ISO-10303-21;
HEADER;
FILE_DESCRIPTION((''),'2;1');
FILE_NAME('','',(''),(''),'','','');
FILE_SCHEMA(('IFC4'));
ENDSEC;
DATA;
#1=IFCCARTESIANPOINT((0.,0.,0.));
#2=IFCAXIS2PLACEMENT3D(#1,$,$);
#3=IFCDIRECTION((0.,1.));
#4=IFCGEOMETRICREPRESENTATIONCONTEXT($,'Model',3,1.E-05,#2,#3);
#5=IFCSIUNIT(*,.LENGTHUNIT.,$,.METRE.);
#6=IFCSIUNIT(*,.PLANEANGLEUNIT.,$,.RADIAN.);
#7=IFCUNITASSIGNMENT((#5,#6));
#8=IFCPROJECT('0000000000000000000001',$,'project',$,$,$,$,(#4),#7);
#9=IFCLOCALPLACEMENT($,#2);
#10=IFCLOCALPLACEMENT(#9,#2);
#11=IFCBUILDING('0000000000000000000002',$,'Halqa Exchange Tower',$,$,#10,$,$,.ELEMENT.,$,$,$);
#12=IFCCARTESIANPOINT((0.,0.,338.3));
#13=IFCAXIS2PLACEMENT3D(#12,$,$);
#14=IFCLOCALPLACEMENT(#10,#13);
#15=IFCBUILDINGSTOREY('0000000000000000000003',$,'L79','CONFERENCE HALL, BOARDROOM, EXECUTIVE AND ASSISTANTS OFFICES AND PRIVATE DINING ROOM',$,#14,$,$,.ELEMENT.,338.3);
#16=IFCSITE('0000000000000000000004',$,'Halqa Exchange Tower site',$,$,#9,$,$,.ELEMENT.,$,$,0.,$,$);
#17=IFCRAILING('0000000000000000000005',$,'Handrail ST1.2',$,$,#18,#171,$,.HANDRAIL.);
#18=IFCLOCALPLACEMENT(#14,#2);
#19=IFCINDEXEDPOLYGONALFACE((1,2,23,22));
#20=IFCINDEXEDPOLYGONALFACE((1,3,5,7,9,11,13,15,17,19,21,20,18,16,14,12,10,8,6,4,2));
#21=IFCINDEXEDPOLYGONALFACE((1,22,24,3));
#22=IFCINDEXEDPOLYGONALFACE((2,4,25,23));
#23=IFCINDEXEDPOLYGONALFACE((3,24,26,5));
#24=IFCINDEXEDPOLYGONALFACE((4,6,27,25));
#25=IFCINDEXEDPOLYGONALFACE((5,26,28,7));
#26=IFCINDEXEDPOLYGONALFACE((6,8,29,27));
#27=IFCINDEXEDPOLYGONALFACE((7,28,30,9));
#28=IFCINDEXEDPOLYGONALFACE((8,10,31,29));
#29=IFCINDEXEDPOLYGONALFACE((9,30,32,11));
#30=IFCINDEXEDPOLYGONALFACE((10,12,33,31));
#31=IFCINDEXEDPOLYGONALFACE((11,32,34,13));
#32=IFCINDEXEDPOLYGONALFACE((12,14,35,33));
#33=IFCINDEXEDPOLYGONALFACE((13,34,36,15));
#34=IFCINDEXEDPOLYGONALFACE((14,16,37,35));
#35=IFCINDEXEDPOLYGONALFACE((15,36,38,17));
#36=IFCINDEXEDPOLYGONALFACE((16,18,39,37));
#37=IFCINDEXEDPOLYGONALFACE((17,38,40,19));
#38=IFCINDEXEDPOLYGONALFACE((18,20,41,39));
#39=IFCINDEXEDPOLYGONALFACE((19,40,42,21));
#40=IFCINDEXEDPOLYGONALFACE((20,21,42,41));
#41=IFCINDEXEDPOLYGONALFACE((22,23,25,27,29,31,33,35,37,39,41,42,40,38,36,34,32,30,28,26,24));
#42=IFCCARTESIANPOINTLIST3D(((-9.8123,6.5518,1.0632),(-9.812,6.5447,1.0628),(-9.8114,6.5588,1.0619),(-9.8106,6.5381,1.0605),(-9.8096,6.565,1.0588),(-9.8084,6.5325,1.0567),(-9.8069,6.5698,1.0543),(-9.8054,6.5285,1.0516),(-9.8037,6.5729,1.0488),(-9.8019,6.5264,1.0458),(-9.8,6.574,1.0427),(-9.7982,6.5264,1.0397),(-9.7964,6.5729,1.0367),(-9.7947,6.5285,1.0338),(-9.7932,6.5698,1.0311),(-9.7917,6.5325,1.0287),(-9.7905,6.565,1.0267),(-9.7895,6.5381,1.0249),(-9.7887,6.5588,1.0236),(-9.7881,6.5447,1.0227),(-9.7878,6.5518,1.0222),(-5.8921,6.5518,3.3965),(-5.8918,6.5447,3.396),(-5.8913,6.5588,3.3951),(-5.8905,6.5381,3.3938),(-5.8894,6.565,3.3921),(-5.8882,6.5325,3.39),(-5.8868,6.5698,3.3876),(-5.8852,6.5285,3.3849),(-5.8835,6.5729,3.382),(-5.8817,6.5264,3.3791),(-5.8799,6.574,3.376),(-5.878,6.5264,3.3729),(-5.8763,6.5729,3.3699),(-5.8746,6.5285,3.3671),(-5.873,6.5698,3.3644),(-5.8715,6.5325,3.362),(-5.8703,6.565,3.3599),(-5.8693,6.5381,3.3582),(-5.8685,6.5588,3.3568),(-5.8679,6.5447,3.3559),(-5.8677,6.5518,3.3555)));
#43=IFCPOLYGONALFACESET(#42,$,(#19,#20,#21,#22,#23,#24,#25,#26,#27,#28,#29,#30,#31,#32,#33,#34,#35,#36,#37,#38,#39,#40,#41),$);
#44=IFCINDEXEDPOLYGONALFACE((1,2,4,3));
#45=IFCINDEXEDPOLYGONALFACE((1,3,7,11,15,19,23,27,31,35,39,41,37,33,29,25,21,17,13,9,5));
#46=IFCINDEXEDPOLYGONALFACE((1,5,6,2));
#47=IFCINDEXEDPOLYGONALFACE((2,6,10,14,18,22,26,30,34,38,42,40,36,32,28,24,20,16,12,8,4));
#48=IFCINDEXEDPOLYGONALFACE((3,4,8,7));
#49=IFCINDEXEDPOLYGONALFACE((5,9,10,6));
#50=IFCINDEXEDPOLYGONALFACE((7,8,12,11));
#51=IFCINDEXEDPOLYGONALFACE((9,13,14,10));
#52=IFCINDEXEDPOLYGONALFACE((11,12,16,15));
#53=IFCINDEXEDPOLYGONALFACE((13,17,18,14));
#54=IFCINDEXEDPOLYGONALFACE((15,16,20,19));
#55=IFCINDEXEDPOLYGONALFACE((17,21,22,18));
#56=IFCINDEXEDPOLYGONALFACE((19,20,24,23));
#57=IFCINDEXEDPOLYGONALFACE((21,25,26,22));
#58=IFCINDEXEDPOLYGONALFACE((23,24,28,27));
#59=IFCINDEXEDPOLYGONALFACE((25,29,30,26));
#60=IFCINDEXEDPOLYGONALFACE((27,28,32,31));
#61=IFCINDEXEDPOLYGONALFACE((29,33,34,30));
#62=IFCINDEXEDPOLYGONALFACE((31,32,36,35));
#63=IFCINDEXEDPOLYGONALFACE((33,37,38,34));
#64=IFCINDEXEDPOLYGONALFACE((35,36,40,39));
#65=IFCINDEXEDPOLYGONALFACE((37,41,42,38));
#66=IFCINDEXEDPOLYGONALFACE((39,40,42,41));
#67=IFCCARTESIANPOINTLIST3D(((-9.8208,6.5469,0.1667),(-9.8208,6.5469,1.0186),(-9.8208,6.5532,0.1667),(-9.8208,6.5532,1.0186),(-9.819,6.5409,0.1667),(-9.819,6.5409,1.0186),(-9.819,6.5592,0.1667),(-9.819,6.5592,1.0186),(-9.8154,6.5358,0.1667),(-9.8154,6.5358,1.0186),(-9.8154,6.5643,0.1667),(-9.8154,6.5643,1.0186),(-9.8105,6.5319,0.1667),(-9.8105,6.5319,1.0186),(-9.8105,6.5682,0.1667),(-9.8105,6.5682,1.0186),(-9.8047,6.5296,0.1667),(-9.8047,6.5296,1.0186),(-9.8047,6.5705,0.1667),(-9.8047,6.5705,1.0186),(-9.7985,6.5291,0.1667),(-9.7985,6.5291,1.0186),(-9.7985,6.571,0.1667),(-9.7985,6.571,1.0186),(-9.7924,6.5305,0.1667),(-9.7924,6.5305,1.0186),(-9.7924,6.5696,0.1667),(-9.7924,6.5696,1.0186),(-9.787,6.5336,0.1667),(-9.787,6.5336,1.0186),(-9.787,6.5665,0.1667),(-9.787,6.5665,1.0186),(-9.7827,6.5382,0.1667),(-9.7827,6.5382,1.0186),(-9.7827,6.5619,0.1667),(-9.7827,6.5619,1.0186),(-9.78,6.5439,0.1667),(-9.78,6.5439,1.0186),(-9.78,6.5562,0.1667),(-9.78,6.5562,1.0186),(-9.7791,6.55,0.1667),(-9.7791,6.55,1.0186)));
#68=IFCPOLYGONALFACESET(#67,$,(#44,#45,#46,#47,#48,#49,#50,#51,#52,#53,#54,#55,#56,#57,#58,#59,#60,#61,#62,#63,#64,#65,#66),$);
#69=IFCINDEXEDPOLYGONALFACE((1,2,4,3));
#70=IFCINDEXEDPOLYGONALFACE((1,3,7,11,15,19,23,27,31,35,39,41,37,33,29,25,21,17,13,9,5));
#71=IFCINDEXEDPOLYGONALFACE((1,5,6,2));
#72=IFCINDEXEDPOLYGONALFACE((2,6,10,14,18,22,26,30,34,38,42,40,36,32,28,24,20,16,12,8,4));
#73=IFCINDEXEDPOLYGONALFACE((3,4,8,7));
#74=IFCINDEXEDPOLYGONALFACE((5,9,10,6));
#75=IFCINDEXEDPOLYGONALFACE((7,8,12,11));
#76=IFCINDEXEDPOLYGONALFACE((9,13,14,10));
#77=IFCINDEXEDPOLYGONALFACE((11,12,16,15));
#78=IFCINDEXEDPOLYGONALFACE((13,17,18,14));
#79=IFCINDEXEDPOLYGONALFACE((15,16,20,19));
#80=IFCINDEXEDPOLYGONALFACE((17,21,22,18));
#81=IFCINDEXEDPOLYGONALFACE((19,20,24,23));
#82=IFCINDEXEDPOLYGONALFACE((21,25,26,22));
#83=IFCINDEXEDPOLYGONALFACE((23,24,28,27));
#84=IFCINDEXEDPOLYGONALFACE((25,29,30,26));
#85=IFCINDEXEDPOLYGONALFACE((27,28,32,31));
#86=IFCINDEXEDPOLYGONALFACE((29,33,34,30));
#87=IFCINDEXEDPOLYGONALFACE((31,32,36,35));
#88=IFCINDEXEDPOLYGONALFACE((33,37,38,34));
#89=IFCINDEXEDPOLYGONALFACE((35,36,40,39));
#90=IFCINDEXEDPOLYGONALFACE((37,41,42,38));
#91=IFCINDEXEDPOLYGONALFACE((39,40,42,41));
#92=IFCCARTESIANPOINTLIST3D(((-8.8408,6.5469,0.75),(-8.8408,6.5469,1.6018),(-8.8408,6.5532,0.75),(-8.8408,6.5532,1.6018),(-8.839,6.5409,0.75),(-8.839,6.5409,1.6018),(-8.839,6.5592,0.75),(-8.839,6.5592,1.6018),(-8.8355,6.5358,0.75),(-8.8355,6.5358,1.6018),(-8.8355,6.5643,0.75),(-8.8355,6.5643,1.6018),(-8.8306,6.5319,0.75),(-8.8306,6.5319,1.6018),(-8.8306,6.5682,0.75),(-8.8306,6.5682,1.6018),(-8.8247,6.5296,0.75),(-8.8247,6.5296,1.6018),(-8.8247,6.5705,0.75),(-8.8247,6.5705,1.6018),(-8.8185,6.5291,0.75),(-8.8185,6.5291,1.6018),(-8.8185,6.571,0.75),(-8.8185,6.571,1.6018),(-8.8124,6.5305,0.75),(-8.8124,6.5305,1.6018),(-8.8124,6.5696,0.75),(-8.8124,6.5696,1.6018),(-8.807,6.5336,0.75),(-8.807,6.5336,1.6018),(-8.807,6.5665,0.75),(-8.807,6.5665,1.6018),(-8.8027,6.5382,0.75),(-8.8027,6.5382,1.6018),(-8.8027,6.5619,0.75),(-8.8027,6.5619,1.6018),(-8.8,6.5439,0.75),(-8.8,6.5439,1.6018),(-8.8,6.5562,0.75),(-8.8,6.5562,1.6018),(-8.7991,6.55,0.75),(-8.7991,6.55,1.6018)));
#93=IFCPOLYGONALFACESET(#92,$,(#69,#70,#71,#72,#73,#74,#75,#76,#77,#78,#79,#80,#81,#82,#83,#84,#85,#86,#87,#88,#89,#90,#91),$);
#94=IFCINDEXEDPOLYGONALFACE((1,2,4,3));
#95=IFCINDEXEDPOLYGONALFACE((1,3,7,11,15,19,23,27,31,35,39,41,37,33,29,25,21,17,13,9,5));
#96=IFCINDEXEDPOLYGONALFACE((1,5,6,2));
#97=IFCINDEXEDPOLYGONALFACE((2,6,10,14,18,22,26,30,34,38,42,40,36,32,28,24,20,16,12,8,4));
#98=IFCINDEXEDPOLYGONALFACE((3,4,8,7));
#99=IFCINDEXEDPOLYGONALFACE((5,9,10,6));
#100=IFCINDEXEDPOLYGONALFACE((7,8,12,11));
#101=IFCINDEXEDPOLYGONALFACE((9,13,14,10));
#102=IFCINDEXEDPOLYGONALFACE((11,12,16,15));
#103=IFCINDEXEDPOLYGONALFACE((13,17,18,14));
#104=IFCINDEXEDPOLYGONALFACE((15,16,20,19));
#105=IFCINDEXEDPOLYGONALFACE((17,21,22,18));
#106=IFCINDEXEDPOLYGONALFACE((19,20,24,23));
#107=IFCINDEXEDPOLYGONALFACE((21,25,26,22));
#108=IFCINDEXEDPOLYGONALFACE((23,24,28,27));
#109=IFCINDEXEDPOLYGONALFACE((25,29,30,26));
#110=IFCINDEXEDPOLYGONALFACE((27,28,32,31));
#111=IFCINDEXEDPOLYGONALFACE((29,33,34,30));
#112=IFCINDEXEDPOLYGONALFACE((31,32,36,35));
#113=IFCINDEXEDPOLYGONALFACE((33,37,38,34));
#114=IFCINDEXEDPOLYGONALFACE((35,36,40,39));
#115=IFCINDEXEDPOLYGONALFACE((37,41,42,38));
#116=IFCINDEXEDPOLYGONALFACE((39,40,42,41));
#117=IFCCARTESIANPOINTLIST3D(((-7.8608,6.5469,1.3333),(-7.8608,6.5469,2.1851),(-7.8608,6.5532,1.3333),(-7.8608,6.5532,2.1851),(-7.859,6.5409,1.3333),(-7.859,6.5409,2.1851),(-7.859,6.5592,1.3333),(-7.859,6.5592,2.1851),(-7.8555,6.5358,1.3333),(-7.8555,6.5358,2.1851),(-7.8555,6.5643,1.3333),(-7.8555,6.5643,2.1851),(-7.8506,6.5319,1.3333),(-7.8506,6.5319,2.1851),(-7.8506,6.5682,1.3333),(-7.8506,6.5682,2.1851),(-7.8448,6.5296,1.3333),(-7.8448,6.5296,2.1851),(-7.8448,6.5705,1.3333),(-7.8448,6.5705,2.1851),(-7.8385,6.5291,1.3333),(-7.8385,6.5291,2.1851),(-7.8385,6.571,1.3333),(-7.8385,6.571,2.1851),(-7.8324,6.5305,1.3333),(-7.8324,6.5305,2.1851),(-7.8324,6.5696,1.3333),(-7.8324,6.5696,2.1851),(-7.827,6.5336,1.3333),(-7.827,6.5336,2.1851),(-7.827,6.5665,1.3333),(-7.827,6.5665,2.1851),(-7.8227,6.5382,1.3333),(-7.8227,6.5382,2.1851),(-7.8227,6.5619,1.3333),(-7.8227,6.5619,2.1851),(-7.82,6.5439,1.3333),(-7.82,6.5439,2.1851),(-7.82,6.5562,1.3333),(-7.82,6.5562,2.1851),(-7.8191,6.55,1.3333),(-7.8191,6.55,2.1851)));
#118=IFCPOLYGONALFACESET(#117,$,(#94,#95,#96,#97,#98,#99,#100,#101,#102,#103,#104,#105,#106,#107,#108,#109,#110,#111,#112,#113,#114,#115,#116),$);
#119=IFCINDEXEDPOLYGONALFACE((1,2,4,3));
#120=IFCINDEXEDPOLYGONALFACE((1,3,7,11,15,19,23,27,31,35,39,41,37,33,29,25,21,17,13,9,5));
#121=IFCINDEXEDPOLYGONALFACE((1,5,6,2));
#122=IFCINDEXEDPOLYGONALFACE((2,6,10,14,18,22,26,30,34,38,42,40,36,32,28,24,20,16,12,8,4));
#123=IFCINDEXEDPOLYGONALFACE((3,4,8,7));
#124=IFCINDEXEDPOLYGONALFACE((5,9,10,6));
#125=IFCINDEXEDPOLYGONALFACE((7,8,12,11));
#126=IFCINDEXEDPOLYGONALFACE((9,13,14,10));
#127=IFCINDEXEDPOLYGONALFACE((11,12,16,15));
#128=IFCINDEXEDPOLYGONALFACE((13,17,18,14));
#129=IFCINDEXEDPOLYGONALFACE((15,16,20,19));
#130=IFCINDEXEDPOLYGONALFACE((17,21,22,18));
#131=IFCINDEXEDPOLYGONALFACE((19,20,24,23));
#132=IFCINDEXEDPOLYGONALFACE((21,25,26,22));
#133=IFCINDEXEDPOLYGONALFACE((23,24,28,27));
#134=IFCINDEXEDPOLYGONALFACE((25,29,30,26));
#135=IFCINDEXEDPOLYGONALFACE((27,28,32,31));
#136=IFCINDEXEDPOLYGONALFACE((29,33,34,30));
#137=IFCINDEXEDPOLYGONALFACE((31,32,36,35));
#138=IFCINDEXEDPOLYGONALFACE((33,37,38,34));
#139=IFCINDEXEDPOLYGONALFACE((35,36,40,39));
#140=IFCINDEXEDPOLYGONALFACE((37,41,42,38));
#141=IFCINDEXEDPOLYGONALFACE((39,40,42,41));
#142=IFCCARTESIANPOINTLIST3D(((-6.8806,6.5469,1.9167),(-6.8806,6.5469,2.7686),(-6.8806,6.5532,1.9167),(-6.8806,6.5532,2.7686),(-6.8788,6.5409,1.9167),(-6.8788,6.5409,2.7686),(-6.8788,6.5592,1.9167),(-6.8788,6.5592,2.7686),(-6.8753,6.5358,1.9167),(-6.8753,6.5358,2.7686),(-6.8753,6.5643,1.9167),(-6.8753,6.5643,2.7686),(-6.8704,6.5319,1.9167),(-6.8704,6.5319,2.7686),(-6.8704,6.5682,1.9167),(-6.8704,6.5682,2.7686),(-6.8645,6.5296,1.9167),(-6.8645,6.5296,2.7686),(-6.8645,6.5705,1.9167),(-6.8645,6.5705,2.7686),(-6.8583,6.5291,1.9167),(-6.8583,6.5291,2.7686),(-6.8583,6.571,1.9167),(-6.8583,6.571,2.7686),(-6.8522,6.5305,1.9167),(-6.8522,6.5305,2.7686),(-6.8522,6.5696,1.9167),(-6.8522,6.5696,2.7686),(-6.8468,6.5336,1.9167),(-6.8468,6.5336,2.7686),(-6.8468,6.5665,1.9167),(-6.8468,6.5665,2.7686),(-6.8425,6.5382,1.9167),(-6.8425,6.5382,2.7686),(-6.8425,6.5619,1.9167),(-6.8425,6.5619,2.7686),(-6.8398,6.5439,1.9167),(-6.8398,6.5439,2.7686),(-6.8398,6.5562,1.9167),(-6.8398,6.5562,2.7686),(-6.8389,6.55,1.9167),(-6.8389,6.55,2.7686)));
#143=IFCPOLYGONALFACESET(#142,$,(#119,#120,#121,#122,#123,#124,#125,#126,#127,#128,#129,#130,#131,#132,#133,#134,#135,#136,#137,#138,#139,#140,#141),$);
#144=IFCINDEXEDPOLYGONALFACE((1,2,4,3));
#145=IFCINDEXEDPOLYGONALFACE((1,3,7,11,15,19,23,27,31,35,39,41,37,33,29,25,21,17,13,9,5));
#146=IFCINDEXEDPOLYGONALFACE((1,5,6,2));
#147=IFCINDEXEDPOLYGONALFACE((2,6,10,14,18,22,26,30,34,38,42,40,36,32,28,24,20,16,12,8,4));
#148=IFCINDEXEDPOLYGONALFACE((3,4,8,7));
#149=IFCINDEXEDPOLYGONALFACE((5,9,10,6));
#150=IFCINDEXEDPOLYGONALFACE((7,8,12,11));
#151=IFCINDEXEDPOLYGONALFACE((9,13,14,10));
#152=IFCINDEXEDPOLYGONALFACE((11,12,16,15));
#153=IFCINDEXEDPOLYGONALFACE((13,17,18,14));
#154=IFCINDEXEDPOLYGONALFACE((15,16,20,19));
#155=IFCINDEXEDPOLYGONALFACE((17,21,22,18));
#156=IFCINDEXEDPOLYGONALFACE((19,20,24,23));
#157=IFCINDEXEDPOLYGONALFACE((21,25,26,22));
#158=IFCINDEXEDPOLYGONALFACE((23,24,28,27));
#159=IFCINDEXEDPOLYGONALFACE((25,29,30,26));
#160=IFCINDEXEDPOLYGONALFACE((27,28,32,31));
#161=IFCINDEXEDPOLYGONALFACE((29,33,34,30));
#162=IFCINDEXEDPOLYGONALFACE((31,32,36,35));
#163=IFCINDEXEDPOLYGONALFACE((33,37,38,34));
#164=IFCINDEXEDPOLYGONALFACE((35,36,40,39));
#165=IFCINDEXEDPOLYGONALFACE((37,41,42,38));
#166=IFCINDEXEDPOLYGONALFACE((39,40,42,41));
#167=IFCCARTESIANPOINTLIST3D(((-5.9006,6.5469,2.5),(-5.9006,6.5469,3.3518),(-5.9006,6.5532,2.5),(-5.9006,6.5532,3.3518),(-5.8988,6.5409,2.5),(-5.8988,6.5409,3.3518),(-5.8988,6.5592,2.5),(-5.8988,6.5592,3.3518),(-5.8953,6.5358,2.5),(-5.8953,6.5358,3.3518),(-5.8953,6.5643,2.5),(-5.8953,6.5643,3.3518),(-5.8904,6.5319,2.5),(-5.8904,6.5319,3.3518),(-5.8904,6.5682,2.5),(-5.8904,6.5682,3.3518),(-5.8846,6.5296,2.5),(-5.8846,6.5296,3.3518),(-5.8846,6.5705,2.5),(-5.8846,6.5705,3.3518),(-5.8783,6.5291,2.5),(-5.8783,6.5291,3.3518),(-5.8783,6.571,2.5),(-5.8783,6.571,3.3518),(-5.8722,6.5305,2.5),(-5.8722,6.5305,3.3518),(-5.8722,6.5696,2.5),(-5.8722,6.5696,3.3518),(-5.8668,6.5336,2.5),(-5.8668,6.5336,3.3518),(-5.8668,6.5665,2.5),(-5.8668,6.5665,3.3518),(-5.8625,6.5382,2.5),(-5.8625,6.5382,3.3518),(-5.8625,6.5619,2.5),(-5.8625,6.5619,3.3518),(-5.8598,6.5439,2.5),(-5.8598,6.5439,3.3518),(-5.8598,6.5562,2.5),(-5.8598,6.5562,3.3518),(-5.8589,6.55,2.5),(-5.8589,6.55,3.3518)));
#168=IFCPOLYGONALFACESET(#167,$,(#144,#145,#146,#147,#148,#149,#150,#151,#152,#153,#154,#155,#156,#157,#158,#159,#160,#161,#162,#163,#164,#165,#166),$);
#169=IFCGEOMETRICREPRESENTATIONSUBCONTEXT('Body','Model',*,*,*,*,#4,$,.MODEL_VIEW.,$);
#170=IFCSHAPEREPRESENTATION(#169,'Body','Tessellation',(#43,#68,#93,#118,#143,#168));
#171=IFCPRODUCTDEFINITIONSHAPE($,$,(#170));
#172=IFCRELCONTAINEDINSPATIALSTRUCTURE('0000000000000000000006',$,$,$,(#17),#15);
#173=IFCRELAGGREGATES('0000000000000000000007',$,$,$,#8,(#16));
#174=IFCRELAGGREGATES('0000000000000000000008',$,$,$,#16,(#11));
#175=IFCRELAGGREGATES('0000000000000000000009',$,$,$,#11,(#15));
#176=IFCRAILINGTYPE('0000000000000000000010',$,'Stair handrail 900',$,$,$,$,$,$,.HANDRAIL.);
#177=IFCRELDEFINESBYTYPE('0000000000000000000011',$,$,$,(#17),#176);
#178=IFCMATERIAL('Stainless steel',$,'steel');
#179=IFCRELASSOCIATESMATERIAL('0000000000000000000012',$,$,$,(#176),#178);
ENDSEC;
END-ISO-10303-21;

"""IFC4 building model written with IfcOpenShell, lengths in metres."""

from ifc_helpers import new_model, si_unit, direction, frame, origin, origin_2d, place, context, subcontext, project, spatial, circle, extrude, material, type_object, element, save


model = new_model("IFC4")

# Units and contexts
model_context = context("Model", 3, precision=1e-05, world=origin(), true_north=direction((0.0, 1.0)))
body_context = subcontext(model_context, "Body", "Model", "MODEL_VIEW")
ifc_project = project(units=[si_unit("LENGTHUNIT", "METRE"), si_unit("PLANEANGLEUNIT", "RADIAN")], contexts=[model_context])

# Site, building, storey
site_placement = place(None, origin())
site = spatial("IfcSite", under=ifc_project, at=site_placement, Name="Halqa Exchange Tower site", CompositionType="ELEMENT", RefElevation=0.0)
building_placement = place(site_placement, origin())
building = spatial("IfcBuilding", under=site, at=building_placement, Name="Halqa Exchange Tower", CompositionType="ELEMENT")
storey_placement = place(building_placement, frame((0.0, 0.0, 338.3)))
storey = spatial("IfcBuildingStorey", under=building, at=storey_placement, Name="L79", Description="CONFERENCE HALL, BOARDROOM, EXECUTIVE AND ASSISTANTS OFFICES AND PRIVATE DINING ROOM", CompositionType="ELEMENT", Elevation=338.3)

# Shared definitions
ifc_material_1 = material(Name="Stainless steel", Category="steel")

# Railing
railing_type_1 = type_object("IfcRailingType", Name="Stair handrail 900", PredefinedType="HANDRAIL", material=ifc_material_1)
railing_1_placement = place(storey_placement, frame((-9.8, 6.55, 0.1667)))
element("IfcRailing", 1, at=railing_1_placement, inside=storey, type_object=railing_type_1, Name="Handrail ST1.2", PredefinedType="HANDRAIL", context=body_context, shape_type="SweptSolid", body=[
    extrude(circle(Radius=0.0239, at=origin_2d()), frame((0.0, 0.0, 0.876), z_axis=(0.85931, 0.0, 0.511455), x_axis=(0.0, 1.0, 0.0)), (0.0, 0.0, 1.0), 4.562),
    extrude(circle(Radius=0.021, at=origin_2d()), origin(), (0.0, 0.0, 1.0), 0.8518),
    extrude(circle(Radius=0.021, at=origin_2d()), frame((0.98, 0.0, 0.5833)), (0.0, 0.0, 1.0), 0.8518),
    extrude(circle(Radius=0.021, at=origin_2d()), frame((1.96, 0.0, 1.1665)), (0.0, 0.0, 1.0), 0.8518),
    extrude(circle(Radius=0.021, at=origin_2d()), frame((2.9402, 0.0, 1.75)), (0.0, 0.0, 1.0), 0.8518),
    extrude(circle(Radius=0.021, at=origin_2d()), frame((3.9202, 0.0, 2.3333)), (0.0, 0.0, 1.0), 0.8518),
])

save(model, "model.ifc")
